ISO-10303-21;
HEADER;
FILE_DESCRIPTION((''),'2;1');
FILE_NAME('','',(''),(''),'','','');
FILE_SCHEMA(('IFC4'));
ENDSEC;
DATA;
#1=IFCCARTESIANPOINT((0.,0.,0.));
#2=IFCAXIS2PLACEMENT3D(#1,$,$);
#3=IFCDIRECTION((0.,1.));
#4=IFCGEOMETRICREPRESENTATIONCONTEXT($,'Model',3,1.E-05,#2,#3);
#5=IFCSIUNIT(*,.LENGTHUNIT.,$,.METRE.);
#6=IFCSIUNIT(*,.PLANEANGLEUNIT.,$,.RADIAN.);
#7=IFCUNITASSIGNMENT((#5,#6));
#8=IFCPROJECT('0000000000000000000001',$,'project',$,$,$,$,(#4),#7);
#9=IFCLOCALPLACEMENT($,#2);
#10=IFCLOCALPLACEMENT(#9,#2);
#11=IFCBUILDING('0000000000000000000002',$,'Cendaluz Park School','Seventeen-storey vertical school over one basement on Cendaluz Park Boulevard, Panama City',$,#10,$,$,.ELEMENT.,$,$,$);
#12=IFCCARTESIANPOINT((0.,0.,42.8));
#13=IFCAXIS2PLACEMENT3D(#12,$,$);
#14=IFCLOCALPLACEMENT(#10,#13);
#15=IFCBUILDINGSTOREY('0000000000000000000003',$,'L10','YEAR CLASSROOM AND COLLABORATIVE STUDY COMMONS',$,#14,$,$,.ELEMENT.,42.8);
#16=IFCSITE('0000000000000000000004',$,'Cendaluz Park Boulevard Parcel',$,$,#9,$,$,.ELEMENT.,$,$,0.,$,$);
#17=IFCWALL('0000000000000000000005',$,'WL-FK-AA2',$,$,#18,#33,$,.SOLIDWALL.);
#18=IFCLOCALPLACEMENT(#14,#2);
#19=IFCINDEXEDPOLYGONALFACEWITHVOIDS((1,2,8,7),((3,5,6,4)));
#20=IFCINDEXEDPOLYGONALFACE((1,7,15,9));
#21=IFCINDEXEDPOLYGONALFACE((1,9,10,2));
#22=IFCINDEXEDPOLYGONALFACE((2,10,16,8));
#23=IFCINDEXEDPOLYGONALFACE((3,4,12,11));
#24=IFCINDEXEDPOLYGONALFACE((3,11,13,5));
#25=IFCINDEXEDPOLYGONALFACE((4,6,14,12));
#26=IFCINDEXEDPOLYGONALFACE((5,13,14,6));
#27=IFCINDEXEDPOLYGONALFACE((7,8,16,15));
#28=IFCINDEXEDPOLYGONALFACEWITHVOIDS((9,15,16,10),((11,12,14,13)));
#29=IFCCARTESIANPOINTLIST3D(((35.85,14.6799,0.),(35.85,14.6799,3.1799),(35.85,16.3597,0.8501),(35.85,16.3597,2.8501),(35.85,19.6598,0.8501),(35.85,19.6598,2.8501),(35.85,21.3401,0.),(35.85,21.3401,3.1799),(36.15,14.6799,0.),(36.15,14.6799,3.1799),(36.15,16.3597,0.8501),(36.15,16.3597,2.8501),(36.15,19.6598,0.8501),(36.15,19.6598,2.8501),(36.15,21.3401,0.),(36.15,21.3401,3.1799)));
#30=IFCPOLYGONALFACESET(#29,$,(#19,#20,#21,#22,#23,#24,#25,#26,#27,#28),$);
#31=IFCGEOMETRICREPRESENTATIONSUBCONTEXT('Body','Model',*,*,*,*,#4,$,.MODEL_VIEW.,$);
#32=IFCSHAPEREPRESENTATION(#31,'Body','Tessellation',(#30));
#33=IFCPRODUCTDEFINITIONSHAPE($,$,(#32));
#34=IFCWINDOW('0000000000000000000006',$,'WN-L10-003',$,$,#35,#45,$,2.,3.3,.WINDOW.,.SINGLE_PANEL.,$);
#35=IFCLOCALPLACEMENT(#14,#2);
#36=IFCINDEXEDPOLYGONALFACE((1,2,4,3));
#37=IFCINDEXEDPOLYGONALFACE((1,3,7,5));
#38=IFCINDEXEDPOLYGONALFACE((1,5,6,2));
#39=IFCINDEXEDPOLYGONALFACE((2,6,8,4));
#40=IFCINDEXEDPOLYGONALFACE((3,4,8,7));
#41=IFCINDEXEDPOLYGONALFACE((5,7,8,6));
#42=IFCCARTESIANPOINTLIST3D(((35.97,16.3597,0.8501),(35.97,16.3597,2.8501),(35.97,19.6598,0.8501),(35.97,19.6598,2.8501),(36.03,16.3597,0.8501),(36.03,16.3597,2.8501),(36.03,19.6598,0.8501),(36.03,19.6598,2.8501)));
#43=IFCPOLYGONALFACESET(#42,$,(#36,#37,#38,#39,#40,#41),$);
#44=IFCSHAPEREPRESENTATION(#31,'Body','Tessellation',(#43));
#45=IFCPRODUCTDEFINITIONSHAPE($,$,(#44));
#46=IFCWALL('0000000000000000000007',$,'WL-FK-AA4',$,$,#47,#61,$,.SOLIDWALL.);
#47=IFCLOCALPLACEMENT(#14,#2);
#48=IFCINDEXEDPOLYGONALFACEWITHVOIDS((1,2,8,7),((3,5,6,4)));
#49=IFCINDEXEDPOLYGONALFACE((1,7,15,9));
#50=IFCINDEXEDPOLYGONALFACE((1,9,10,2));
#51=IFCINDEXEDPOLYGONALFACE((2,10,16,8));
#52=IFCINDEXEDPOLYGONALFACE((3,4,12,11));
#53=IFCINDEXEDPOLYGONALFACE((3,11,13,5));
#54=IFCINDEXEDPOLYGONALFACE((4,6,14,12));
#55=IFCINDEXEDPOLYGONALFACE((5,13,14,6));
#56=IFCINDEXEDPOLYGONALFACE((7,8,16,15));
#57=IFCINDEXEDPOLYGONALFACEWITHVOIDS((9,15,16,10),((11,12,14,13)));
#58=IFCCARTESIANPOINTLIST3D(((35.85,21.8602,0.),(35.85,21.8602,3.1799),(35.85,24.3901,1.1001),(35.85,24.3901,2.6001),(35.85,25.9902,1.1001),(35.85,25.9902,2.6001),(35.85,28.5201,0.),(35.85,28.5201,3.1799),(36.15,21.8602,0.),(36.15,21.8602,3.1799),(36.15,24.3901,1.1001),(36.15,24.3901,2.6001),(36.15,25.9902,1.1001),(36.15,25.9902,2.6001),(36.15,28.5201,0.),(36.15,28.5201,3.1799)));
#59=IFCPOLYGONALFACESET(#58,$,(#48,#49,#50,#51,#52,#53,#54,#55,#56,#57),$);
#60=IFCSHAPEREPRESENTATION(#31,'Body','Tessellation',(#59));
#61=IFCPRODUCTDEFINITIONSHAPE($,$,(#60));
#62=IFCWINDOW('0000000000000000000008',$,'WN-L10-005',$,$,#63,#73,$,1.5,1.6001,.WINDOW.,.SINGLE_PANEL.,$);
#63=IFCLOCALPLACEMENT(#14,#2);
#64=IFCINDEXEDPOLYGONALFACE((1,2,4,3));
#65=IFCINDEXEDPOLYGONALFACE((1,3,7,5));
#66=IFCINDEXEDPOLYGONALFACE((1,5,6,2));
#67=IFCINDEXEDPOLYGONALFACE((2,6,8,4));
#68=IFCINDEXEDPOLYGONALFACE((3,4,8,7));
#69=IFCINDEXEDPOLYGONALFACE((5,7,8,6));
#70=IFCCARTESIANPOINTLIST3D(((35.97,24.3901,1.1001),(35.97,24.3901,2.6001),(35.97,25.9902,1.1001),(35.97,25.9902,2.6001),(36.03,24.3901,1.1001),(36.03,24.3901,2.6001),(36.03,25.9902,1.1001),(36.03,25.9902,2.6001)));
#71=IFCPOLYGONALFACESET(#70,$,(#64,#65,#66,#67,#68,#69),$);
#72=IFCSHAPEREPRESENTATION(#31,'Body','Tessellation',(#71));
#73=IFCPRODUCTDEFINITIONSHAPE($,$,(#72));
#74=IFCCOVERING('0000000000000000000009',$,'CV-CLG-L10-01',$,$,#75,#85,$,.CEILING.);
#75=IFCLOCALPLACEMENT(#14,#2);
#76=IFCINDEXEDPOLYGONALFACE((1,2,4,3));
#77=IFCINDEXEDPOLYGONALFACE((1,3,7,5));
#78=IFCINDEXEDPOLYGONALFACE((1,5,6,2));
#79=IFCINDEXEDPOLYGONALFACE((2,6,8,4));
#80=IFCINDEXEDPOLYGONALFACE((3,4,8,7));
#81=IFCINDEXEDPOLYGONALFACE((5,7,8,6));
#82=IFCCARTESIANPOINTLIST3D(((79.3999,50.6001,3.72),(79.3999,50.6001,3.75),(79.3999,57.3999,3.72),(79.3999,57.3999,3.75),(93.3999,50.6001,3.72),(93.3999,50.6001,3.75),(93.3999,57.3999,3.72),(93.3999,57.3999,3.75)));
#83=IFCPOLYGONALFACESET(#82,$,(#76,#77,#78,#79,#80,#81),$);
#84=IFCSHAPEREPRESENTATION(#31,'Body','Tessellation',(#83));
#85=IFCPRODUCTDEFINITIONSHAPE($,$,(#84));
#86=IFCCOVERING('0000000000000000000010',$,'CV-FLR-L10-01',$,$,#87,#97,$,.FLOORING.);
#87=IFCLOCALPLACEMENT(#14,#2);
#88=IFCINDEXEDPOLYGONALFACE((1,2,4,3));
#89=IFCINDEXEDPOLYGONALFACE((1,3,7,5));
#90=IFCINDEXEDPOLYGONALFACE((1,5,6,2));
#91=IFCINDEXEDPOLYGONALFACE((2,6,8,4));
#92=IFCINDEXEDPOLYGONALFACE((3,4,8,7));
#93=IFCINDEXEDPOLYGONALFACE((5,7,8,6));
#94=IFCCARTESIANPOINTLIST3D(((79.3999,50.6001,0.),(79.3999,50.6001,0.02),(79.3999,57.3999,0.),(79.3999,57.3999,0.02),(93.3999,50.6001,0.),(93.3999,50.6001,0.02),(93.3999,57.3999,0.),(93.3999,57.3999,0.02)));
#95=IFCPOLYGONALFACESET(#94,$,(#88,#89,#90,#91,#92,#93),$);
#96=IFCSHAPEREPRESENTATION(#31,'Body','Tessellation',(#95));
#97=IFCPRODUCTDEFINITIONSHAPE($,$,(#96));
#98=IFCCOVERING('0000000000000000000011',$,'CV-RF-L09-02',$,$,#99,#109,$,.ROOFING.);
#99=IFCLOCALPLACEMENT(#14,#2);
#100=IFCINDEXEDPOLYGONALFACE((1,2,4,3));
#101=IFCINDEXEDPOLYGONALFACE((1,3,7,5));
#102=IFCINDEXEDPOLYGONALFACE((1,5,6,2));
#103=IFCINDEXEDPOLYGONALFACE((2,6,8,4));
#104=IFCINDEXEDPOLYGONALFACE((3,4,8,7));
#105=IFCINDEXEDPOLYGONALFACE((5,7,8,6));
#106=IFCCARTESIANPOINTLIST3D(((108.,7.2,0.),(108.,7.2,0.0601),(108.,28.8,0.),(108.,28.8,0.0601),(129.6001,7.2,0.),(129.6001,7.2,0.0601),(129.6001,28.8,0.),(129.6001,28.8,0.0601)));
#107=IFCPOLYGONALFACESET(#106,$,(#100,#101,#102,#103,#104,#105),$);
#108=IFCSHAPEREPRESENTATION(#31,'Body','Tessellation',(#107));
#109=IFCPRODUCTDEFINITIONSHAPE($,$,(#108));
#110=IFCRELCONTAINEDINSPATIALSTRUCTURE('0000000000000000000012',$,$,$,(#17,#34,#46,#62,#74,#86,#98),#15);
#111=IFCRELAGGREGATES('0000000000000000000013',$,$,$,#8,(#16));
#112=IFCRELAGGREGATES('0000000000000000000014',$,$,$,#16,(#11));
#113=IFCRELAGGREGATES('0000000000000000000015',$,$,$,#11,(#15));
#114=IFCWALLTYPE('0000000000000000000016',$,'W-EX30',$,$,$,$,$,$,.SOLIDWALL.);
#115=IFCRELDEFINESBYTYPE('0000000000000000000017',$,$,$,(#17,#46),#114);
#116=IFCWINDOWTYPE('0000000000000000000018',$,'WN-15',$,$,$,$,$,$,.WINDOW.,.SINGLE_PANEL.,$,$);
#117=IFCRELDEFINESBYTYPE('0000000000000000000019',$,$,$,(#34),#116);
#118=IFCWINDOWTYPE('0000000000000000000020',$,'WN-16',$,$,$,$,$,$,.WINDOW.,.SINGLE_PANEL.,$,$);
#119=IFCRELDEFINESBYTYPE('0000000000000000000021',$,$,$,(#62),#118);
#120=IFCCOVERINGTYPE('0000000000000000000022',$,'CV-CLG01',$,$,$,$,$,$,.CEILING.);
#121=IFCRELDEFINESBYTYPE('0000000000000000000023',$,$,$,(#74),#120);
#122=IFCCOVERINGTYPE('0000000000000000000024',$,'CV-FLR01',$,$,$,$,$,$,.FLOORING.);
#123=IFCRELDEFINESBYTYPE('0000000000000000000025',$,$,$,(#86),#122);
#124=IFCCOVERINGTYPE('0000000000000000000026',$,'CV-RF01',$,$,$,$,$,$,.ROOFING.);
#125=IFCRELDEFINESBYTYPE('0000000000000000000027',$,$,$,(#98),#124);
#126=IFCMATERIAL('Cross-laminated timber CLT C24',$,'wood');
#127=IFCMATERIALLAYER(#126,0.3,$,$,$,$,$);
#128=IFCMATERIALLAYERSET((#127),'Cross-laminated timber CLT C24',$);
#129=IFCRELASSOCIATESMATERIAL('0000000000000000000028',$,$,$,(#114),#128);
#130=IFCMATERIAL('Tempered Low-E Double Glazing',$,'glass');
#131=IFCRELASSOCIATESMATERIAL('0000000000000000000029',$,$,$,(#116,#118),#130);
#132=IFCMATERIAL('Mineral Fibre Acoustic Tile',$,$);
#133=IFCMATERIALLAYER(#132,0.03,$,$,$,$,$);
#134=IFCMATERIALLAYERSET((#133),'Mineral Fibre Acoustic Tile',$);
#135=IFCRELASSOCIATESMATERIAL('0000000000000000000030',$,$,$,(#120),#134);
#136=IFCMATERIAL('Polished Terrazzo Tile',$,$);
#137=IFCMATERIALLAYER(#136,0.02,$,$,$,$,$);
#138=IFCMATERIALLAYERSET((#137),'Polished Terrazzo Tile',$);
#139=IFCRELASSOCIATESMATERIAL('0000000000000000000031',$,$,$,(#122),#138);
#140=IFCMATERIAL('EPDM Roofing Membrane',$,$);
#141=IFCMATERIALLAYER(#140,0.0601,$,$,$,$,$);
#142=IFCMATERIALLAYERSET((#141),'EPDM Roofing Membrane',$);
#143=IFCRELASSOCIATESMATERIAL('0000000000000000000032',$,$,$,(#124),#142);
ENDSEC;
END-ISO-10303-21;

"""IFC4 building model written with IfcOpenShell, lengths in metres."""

from ifc_helpers import new_model, si_unit, direction, frame, frame_2d, origin, place, context, subcontext, project, spatial, polyline, rectangle, outline, extrude, material, layer, layer_set, type_object, element, fill, save


model = new_model("IFC4")

# Units and contexts
model_context = context("Model", 3, precision=1e-05, world=origin(), true_north=direction((0.0, 1.0)))
body_context = subcontext(model_context, "Body", "Model", "MODEL_VIEW")
ifc_project = project(units=[si_unit("LENGTHUNIT", "METRE"), si_unit("PLANEANGLEUNIT", "RADIAN")], contexts=[model_context])

# Site, building, storey
site_placement = place(None, origin())
site = spatial("IfcSite", under=ifc_project, at=site_placement, Name="Cendaluz Park Boulevard Parcel", CompositionType="ELEMENT", RefElevation=0.0)
building_placement = place(site_placement, origin())
building = spatial("IfcBuilding", under=site, at=building_placement, Name="Cendaluz Park School", Description="Seventeen-storey vertical school over one basement on Cendaluz Park Boulevard, Panama City", CompositionType="ELEMENT")
storey_placement = place(building_placement, frame((0.0, 0.0, 42.8)))
storey = spatial("IfcBuildingStorey", under=building, at=storey_placement, Name="L10", Description="YEAR CLASSROOM AND COLLABORATIVE STUDY COMMONS", CompositionType="ELEMENT", Elevation=42.8)

# Shared definitions
ifc_material_1 = material(Name="Cross-laminated timber CLT C24", Category="wood")

# Walls, openings, windows
ifc_layer_1 = layer(ifc_material_1, 0.3)
ifc_layer_set_1 = layer_set([ifc_layer_1], Name="Cross-laminated timber CLT C24")
wall_type = type_object("IfcWallType", Name="W-EX30", PredefinedType="SOLIDWALL", material=ifc_layer_set_1)
ifc_material_2 = material(Name="Tempered Low-E Double Glazing", Category="glass")
wall_1_placement = place(storey_placement, frame((36.0, 14.6799, 0.0), z_axis=(0.0, 0.0, 1.0), x_axis=(0.0, 1.0, 0.0)))
wall_1 = element("IfcWall", 1, at=wall_1_placement, inside=storey, type_object=wall_type, Name="WL-FK-AA2", PredefinedType="SOLIDWALL", context=body_context, shape_type="SweptSolid", body=[
    extrude(rectangle(XDim=6.6602, YDim=0.3, at=frame_2d((3.3301, 0.0))), origin(), (0.0, 0.0, 1.0), 3.1799),
])
opening_1_placement = place(wall_1_placement, frame((1.6799, 0.0, 0.8501)))
opening_1 = element("IfcOpeningElement", 2, at=opening_1_placement, cuts=wall_1, PredefinedType="OPENING", context=body_context, shape_type="SweptSolid", body=[
    extrude(rectangle(XDim=3.3, YDim=2.0, at=frame_2d((1.6499, 1.0))), frame((0.0, 0.1621, 0.0), z_axis=(0.0, -1.0, 0.0), x_axis=(1.0, 0.0, 0.0)), (0.0, 0.0, 1.0), 0.324),
])
window_type_1 = type_object("IfcWindowType", Name="WN-15", PartitioningType="SINGLE_PANEL", PredefinedType="WINDOW", material=ifc_material_2)
window_1_placement = place(opening_1_placement, origin())
window_1 = element("IfcWindow", 3, at=window_1_placement, inside=storey, type_object=window_type_1, Name="WN-L10-003", OverallHeight=2.0, OverallWidth=3.3, PartitioningType="SINGLE_PANEL", PredefinedType="WINDOW", context=body_context, shape_type="SweptSolid", body=[
    extrude(rectangle(XDim=3.3, YDim=2.0, at=frame_2d((1.6499, 1.0))), frame((0.0, 0.03, 0.0), z_axis=(0.0, -1.0, 0.0), x_axis=(1.0, 0.0, 0.0)), (0.0, 0.0, 1.0), 0.0601),
])
fill(opening_1, window_1)
wall_2_placement = place(storey_placement, frame((36.0, 21.8601, 0.0), z_axis=(0.0, 0.0, 1.0), x_axis=(0.0, 1.0, 0.0)))
wall_2 = element("IfcWall", 4, at=wall_2_placement, inside=storey, type_object=wall_type, Name="WL-FK-AA4", PredefinedType="SOLIDWALL", context=body_context, shape_type="SweptSolid", body=[
    extrude(rectangle(XDim=6.6599, YDim=0.3, at=frame_2d((3.3301, 0.0))), origin(), (0.0, 0.0, 1.0), 3.1799),
])
opening_2_placement = place(wall_2_placement, frame((2.53, 0.0, 1.1001)))
opening_2 = element("IfcOpeningElement", 5, at=opening_2_placement, cuts=wall_2, PredefinedType="OPENING", context=body_context, shape_type="SweptSolid", body=[
    extrude(rectangle(XDim=1.6001, YDim=1.5, at=frame_2d((0.8, 0.75))), frame((0.0, 0.1621, 0.0), z_axis=(0.0, -1.0, 0.0), x_axis=(1.0, 0.0, 0.0)), (0.0, 0.0, 1.0), 0.324),
])
window_type_2 = type_object("IfcWindowType", Name="WN-16", PartitioningType="SINGLE_PANEL", PredefinedType="WINDOW", material=ifc_material_2)
window_2_placement = place(opening_2_placement, origin())
window_2 = element("IfcWindow", 6, at=window_2_placement, inside=storey, type_object=window_type_2, Name="WN-L10-005", OverallHeight=1.5, OverallWidth=1.6001, PartitioningType="SINGLE_PANEL", PredefinedType="WINDOW", context=body_context, shape_type="SweptSolid", body=[
    extrude(rectangle(XDim=1.6001, YDim=1.5, at=frame_2d((0.8, 0.75))), frame((0.0, 0.03, 0.0), z_axis=(0.0, -1.0, 0.0), x_axis=(1.0, 0.0, 0.0)), (0.0, 0.0, 1.0), 0.0601),
])
fill(opening_2, window_2)

# Coverings
ifc_material_3 = material(Name="Mineral Fibre Acoustic Tile")
ifc_layer_2 = layer(ifc_material_3, 0.03)
ifc_layer_set_2 = layer_set([ifc_layer_2], Name="Mineral Fibre Acoustic Tile")
covering_type_1 = type_object("IfcCoveringType", Name="CV-CLG01", PredefinedType="CEILING", material=ifc_layer_set_2)
covering_1_placement = place(storey_placement, frame((0.0, 0.0, 3.72)))
element("IfcCovering", 7, at=covering_1_placement, inside=storey, type_object=covering_type_1, Name="CV-CLG-L10-01", PredefinedType="CEILING", context=body_context, shape_type="SweptSolid", body=[
    extrude(outline(polyline([(79.3999, 50.6001), (93.3999, 50.6001), (93.3999, 57.3999), (79.3999, 57.3999), (79.3999, 50.6001)])), origin(), (0.0, 0.0, 1.0), 0.03),
])
ifc_material_4 = material(Name="Polished Terrazzo Tile")
ifc_layer_3 = layer(ifc_material_4, 0.02)
ifc_layer_set_3 = layer_set([ifc_layer_3], Name="Polished Terrazzo Tile")
covering_type_2 = type_object("IfcCoveringType", Name="CV-FLR01", PredefinedType="FLOORING", material=ifc_layer_set_3)
covering_2_placement = place(storey_placement, origin())
element("IfcCovering", 8, at=covering_2_placement, inside=storey, type_object=covering_type_2, Name="CV-FLR-L10-01", PredefinedType="FLOORING", context=body_context, shape_type="SweptSolid", body=[
    extrude(outline(polyline([(79.3999, 50.6001), (93.3999, 50.6001), (93.3999, 57.3999), (79.3999, 57.3999), (79.3999, 50.6001)])), origin(), (0.0, 0.0, 1.0), 0.02),
])
ifc_material_5 = material(Name="EPDM Roofing Membrane")
ifc_layer_4 = layer(ifc_material_5, 0.0601)
ifc_layer_set_4 = layer_set([ifc_layer_4], Name="EPDM Roofing Membrane")
covering_type_3 = type_object("IfcCoveringType", Name="CV-RF01", PredefinedType="ROOFING", material=ifc_layer_set_4)
covering_3_placement = place(storey_placement, origin())
element("IfcCovering", 9, at=covering_3_placement, inside=storey, type_object=covering_type_3, Name="CV-RF-L09-02", PredefinedType="ROOFING", context=body_context, shape_type="SweptSolid", body=[
    extrude(outline(polyline([(108.0, 28.8), (129.6001, 28.8), (129.6001, 7.2), (108.0, 7.2), (108.0, 28.8)])), origin(), (0.0, 0.0, 1.0), 0.0601),
])

save(model, "model.ifc")
